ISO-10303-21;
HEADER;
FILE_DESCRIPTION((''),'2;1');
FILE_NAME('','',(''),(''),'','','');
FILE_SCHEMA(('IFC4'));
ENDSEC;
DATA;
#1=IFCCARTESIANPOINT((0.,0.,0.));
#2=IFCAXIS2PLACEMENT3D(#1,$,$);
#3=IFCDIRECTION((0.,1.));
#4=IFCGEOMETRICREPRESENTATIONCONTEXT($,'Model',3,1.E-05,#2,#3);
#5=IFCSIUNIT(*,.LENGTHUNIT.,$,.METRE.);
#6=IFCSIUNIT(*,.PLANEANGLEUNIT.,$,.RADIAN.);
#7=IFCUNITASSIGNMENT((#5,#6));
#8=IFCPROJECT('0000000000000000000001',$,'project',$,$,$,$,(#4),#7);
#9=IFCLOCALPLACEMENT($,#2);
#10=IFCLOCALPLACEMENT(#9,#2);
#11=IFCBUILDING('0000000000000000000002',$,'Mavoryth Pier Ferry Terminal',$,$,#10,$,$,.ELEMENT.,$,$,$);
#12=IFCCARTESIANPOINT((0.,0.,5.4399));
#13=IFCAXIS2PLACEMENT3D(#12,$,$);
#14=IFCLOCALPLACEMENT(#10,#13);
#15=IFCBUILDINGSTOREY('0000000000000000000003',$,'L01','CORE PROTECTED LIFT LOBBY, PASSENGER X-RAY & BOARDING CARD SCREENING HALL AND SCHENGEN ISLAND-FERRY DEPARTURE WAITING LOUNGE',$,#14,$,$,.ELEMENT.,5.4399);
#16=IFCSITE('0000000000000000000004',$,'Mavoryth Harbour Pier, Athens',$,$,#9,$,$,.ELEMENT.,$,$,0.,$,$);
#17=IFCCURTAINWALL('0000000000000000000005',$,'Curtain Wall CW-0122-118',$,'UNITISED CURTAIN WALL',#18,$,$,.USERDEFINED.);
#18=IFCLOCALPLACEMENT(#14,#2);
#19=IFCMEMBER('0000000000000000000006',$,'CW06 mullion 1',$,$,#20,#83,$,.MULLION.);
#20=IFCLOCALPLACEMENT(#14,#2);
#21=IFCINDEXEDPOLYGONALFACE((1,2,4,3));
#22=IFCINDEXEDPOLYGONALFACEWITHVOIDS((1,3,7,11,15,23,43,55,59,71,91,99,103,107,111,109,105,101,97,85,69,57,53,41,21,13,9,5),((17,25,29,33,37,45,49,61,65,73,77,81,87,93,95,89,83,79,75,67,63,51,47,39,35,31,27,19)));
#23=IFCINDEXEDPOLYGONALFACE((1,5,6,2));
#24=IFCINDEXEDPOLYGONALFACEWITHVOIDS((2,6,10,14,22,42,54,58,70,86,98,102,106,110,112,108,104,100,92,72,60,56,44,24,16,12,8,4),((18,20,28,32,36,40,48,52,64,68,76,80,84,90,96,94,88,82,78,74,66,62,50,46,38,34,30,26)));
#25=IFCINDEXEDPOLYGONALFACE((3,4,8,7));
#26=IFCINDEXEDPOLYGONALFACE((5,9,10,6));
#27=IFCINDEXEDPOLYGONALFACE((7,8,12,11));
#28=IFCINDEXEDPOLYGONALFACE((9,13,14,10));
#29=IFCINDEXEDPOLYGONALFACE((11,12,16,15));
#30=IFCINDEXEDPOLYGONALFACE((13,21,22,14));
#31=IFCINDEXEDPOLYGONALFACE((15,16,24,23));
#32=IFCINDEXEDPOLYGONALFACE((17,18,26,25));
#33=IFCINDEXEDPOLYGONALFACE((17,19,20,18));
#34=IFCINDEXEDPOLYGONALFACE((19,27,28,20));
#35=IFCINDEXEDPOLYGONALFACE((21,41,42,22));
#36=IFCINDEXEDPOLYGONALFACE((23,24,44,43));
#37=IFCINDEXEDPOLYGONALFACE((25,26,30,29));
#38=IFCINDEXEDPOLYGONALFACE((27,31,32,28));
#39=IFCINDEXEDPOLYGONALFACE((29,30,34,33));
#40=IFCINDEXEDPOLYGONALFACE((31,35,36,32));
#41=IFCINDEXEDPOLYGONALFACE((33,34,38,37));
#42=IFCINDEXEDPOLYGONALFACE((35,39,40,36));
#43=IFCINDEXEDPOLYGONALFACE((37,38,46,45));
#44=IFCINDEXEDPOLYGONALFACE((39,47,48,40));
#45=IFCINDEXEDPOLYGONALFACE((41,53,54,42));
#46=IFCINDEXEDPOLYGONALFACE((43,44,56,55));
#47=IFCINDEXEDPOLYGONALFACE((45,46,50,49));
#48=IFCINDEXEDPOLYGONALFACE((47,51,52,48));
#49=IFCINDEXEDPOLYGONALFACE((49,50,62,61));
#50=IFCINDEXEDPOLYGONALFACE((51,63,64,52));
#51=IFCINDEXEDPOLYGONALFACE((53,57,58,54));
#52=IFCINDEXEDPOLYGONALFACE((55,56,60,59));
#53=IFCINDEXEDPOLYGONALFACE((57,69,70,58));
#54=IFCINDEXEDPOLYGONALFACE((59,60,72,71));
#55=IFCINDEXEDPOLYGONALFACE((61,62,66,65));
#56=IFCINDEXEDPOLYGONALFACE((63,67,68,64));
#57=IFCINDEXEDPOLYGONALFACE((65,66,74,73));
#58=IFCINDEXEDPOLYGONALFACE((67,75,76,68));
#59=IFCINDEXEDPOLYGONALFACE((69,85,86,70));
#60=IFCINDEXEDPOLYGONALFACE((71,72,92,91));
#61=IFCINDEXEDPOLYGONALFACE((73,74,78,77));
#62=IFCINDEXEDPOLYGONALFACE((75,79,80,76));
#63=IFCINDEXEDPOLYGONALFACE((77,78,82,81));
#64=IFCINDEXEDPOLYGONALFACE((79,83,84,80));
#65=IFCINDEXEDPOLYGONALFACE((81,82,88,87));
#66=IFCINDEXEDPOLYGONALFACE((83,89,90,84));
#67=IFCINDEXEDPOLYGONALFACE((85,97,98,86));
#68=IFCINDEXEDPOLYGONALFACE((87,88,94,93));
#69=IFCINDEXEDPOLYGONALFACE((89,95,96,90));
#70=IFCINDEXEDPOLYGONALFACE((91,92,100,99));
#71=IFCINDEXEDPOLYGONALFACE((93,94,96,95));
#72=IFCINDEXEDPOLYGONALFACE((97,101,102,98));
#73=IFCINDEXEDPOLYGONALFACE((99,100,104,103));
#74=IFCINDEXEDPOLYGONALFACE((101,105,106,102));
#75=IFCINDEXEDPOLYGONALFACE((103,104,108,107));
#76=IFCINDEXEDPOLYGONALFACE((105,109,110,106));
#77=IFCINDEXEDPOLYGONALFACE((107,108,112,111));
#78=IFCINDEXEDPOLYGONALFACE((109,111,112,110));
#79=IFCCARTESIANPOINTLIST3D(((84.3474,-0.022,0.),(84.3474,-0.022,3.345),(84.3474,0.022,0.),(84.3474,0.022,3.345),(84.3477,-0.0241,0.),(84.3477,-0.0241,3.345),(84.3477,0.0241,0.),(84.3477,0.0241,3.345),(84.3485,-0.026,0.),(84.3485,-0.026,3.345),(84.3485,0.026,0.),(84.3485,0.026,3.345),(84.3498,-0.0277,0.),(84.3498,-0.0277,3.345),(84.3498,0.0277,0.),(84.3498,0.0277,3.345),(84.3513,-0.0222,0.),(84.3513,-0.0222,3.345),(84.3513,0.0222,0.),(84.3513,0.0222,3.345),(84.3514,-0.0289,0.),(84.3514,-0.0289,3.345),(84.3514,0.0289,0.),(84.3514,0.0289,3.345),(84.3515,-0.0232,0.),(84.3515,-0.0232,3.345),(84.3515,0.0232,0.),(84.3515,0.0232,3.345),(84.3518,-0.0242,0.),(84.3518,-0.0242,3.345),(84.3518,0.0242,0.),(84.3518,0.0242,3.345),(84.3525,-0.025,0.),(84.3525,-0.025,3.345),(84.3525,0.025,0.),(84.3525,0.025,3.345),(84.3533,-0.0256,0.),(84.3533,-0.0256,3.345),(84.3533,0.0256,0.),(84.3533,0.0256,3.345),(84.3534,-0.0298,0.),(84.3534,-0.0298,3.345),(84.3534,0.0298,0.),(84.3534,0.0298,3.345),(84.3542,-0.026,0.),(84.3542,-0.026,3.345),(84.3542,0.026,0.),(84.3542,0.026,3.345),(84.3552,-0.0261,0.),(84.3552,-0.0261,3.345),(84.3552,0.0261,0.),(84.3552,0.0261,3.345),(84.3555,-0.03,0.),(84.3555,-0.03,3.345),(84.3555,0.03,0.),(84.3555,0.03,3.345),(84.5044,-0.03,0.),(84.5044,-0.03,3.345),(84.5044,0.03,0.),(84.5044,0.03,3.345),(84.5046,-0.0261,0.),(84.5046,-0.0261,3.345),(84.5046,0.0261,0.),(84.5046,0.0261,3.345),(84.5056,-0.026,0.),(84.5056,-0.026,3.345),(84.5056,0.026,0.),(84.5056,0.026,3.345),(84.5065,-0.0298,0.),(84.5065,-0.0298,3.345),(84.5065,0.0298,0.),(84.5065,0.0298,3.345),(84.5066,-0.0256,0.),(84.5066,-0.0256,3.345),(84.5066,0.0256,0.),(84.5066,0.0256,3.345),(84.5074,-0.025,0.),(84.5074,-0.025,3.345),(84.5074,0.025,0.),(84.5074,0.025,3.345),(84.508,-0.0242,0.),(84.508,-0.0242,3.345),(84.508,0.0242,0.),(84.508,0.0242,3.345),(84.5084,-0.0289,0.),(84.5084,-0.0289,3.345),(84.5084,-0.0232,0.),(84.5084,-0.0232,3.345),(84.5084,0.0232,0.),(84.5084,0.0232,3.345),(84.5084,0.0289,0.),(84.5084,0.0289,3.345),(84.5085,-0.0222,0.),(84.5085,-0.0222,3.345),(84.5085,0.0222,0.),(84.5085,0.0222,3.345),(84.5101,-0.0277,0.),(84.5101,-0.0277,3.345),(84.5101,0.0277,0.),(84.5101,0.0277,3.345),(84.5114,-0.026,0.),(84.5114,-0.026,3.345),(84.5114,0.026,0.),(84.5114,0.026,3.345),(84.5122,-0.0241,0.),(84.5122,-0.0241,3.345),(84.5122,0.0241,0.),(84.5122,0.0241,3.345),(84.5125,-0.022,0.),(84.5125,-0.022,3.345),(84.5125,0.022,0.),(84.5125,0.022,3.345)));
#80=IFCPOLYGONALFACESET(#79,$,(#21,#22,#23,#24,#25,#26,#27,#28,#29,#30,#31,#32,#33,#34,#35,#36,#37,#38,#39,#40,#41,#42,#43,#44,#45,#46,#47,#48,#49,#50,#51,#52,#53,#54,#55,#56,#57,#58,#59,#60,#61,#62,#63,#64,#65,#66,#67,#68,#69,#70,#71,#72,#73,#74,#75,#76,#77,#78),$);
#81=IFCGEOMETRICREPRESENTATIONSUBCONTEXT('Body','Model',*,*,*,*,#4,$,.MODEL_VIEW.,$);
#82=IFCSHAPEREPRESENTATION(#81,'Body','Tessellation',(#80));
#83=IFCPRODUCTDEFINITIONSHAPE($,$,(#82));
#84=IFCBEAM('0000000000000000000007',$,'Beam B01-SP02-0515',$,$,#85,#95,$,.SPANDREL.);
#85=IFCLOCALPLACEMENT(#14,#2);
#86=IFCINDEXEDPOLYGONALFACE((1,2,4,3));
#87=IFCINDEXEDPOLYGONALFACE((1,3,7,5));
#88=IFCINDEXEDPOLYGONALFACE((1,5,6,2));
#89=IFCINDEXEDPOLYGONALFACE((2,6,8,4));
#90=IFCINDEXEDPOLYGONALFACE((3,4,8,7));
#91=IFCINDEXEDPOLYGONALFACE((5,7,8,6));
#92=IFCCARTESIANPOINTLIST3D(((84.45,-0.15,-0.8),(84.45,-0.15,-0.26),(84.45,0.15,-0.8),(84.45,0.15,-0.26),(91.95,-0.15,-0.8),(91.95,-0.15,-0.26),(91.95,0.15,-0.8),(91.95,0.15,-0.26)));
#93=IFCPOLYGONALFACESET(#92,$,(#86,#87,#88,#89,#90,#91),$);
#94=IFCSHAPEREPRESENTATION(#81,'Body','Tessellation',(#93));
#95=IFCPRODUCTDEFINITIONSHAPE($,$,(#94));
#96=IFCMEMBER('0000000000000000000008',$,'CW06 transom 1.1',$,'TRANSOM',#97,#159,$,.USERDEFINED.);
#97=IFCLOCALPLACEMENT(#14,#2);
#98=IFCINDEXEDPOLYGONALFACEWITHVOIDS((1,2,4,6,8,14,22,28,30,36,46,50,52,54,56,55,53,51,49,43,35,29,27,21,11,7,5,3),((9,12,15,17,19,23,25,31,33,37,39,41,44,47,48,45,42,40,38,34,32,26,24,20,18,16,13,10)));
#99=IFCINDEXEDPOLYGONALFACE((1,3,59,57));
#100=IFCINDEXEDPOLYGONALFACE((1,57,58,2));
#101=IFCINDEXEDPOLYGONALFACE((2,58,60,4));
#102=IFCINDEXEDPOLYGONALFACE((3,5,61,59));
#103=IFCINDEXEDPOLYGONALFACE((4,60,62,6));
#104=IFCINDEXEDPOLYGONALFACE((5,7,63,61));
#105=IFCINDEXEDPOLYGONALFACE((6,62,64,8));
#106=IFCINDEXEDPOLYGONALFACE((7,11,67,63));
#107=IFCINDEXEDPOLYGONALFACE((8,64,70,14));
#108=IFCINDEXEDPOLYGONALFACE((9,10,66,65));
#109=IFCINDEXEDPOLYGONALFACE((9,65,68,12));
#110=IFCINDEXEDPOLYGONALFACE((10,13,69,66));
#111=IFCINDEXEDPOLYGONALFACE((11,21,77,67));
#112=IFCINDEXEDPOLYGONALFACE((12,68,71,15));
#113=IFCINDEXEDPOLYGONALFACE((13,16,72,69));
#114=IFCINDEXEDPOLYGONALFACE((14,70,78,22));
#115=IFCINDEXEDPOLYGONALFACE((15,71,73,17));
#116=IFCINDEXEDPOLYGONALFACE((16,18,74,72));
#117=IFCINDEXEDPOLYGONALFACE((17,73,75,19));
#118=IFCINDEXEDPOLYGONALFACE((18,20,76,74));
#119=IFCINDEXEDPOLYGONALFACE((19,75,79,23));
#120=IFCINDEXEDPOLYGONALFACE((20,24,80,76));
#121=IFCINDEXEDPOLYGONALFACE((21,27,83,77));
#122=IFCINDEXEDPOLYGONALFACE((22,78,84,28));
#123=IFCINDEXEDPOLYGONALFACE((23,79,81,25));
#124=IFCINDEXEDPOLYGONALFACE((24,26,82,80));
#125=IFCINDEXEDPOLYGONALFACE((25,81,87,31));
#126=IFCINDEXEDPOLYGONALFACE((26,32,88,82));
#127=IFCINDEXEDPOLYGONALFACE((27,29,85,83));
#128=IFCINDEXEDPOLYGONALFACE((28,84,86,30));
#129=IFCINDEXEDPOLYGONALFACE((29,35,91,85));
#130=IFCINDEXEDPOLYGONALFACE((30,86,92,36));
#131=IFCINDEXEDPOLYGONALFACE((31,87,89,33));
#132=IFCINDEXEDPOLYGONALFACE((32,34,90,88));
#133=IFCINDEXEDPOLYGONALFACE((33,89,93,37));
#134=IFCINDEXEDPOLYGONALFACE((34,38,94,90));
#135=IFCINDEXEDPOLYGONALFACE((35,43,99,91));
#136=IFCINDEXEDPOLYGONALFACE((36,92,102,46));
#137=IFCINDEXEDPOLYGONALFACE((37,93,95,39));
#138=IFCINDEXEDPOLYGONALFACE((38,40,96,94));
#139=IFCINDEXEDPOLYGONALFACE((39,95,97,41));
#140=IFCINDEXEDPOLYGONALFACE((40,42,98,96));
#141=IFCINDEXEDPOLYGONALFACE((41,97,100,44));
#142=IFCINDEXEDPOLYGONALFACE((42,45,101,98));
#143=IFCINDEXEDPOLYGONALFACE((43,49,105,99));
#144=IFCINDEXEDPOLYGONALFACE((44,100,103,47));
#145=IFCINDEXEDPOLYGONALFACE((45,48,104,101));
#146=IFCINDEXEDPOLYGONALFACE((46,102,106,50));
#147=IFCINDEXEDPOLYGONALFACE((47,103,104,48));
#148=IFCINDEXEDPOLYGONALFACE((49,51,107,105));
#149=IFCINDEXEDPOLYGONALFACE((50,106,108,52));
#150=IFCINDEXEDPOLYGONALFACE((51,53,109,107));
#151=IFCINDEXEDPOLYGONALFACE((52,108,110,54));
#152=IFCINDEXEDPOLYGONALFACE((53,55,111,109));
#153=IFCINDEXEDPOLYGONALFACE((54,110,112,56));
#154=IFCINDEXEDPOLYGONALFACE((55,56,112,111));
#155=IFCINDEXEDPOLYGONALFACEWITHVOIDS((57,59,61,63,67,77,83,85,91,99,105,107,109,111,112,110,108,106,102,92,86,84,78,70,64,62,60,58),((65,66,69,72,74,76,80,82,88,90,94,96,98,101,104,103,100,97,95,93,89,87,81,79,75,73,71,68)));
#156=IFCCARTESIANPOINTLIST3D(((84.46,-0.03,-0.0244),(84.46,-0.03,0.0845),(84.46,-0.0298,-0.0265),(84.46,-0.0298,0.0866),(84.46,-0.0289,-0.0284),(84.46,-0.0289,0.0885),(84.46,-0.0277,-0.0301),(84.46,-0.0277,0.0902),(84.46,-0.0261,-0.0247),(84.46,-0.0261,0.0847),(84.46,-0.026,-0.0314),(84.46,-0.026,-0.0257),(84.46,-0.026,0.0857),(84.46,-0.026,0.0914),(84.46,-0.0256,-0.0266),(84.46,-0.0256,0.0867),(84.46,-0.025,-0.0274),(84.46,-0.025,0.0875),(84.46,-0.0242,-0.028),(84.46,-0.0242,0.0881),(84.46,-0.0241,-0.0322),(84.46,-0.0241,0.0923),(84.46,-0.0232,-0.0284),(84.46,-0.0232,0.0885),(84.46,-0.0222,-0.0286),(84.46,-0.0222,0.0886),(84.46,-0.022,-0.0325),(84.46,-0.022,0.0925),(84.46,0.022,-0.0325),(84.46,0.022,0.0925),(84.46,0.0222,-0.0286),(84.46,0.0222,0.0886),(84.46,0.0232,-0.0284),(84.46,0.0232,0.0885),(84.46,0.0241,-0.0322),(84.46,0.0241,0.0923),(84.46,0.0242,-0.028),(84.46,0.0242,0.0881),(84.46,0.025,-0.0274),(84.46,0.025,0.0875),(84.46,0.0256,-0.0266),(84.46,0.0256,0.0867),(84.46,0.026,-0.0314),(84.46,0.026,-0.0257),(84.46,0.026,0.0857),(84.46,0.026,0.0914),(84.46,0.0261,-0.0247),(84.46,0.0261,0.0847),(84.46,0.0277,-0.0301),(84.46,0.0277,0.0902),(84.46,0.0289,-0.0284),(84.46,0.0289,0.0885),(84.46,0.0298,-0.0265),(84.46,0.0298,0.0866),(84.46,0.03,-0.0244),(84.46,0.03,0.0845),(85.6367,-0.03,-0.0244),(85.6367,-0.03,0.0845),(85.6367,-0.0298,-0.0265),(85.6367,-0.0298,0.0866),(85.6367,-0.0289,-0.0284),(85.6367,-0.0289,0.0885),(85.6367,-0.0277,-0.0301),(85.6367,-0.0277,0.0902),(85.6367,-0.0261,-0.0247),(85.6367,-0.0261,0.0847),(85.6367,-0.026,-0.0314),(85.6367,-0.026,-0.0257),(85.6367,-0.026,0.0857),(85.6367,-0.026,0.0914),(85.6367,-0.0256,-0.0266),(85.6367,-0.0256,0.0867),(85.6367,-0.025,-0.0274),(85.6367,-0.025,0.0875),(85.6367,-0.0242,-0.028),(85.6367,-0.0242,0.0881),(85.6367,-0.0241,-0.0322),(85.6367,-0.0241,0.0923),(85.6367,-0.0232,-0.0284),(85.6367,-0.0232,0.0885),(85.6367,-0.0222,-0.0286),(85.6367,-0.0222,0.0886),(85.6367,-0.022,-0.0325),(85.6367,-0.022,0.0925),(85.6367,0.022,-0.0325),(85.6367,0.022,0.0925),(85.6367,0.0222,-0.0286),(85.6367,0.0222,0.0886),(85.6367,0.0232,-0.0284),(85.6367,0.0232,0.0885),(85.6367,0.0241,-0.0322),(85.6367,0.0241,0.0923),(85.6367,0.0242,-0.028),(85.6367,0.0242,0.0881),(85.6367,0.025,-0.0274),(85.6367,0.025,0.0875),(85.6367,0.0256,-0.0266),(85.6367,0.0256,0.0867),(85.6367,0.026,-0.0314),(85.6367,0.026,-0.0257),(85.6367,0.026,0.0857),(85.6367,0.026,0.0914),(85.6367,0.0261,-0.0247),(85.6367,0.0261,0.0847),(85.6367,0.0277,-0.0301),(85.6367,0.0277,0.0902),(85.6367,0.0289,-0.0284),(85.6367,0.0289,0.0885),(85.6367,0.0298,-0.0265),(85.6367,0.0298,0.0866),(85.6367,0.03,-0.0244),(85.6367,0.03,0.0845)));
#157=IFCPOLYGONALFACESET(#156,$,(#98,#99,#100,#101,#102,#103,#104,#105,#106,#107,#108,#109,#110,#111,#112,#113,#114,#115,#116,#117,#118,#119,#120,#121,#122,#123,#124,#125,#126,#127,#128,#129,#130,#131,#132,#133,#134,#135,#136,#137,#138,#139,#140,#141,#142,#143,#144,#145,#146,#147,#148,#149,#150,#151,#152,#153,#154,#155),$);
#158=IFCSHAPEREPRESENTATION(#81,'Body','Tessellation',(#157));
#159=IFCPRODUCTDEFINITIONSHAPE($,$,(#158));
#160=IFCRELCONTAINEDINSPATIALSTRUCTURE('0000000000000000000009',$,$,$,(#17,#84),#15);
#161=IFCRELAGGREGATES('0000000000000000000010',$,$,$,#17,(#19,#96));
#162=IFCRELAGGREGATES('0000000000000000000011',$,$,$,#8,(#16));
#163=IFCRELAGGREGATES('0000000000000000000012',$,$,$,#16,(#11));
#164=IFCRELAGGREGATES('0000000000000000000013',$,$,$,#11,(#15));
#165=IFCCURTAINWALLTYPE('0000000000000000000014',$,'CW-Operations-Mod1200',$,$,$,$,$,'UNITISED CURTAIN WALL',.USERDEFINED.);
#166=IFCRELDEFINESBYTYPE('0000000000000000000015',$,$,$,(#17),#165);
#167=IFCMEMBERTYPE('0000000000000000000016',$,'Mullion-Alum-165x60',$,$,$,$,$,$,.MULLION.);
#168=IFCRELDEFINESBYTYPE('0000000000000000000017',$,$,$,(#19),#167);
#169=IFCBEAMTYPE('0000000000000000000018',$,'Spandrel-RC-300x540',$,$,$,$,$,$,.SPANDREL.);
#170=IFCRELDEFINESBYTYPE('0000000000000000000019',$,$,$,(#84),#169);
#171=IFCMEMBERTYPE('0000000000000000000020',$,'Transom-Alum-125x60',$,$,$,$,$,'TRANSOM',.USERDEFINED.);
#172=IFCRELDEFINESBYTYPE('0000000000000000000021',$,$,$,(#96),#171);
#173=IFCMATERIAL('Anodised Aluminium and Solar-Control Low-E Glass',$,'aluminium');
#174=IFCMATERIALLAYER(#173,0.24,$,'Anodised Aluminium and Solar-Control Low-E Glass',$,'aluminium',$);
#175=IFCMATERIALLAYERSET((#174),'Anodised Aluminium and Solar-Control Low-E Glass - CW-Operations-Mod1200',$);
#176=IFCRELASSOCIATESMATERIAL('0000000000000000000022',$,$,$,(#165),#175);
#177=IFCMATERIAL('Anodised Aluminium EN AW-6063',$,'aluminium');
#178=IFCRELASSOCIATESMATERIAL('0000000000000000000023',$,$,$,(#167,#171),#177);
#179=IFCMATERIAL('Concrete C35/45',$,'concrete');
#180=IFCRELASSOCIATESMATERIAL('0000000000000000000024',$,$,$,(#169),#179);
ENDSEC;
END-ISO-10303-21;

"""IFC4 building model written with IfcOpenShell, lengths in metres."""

from ifc_helpers import new_model, si_unit, direction, frame, origin, origin_2d, place, context, subcontext, project, spatial, rectangle, hollow_rectangle, extrude, material, layer, layer_set, material_profile, profile_set, type_object, element, aggregate, save


model = new_model("IFC4")

# Units and contexts
model_context = context("Model", 3, precision=1e-05, world=origin(), true_north=direction((0.0, 1.0)))
body_context = subcontext(model_context, "Body", "Model", "MODEL_VIEW")
ifc_project = project(units=[si_unit("LENGTHUNIT", "METRE"), si_unit("PLANEANGLEUNIT", "RADIAN")], contexts=[model_context])

# Site, building, storey
site_placement = place(None, origin())
site = spatial("IfcSite", under=ifc_project, at=site_placement, Name="Mavoryth Harbour Pier, Athens", CompositionType="ELEMENT", RefElevation=0.0)
building_placement = place(site_placement, origin())
building = spatial("IfcBuilding", under=site, at=building_placement, Name="Mavoryth Pier Ferry Terminal", CompositionType="ELEMENT")
storey_placement = place(building_placement, frame((0.0, 0.0, 5.4399)))
storey = spatial("IfcBuildingStorey", under=building, at=storey_placement, Name="L01", Description="CORE PROTECTED LIFT LOBBY, PASSENGER X-RAY & BOARDING CARD SCREENING HALL AND SCHENGEN ISLAND-FERRY DEPARTURE WAITING LOUNGE", CompositionType="ELEMENT", Elevation=5.4399)

# Shared definitions
ifc_material_1 = material(Name="Concrete C35/45", Category="concrete")

# Curtain wall, member
ifc_material_2 = material(Name="Anodised Aluminium and Solar-Control Low-E Glass", Category="aluminium")
ifc_layer_1 = layer(ifc_material_2, 0.24, Name="Anodised Aluminium and Solar-Control Low-E Glass", Category="aluminium")
ifc_layer_set_1 = layer_set([ifc_layer_1], Name="Anodised Aluminium and Solar-Control Low-E Glass - CW-Operations-Mod1200")
curtain_wall_type = type_object("IfcCurtainWallType", Name="CW-Operations-Mod1200", ElementType="UNITISED CURTAIN WALL", PredefinedType="USERDEFINED", material=ifc_layer_set_1)
ifc_material_3 = material(Name="Anodised Aluminium EN AW-6063", Category="aluminium")
ifc_material_profile_1 = material_profile(ifc_material_3, hollow_rectangle(XDim=0.0601, YDim=0.165, WallThickness=0.0039, InnerFilletRadius=0.0039, OuterFilletRadius=0.0081, at=origin_2d()), Name="AL-MULL 165x60x4", Category="aluminium")
ifc_profile_set_1 = profile_set([ifc_material_profile_1], Name="Anodised Aluminium EN AW-6063 - AL-MULL 165x60x4")
member_type_1 = type_object("IfcMemberType", Name="Mullion-Alum-165x60", PredefinedType="MULLION", material=ifc_profile_set_1)
curtain_wall_1_placement = place(storey_placement, origin())
curtain_wall_1 = element("IfcCurtainWall", 1, at=curtain_wall_1_placement, inside=storey, type_object=curtain_wall_type, Name="Curtain Wall CW-0122-118", ObjectType="UNITISED CURTAIN WALL", PredefinedType="USERDEFINED")
member_1_placement = place(storey_placement, frame((84.4299, 0.0, 0.0), z_axis=(0.0, 0.0, 1.0), x_axis=(0.0, 1.0, 0.0)))
member_1 = element("IfcMember", 2, at=member_1_placement, type_object=member_type_1, Name="CW06 mullion 1", PredefinedType="MULLION", context=body_context, shape_type="SweptSolid", body=[
    extrude(hollow_rectangle(XDim=0.0601, YDim=0.165, WallThickness=0.0039, InnerFilletRadius=0.0039, OuterFilletRadius=0.0081, at=origin_2d()), origin(), (0.0, 0.0, 1.0), 3.345),
])

# Beam
ifc_material_profile_2 = material_profile(ifc_material_1, rectangle(XDim=0.3, YDim=0.54, at=origin_2d()), Name="RC 300x540", Category="concrete")
ifc_profile_set_2 = profile_set([ifc_material_profile_2], Name="Concrete C35/45 - RC 300x540")
beam_type_1 = type_object("IfcBeamType", Name="Spandrel-RC-300x540", PredefinedType="SPANDREL", material=ifc_profile_set_2)
beam_placement = place(storey_placement, frame((84.45, 0.0, -0.53), z_axis=(1.0, 0.0, 0.0), x_axis=(0.0, 1.0, 0.0)))
element("IfcBeam", 3, at=beam_placement, inside=storey, type_object=beam_type_1, Name="Beam B01-SP02-0515", PredefinedType="SPANDREL", context=body_context, shape_type="SweptSolid", body=[
    extrude(rectangle(XDim=0.3, YDim=0.54, at=origin_2d()), origin(), (0.0, 0.0, 1.0), 7.5),
])

# Member
ifc_material_profile_3 = material_profile(ifc_material_3, hollow_rectangle(XDim=0.0601, YDim=0.125, WallThickness=0.0039, InnerFilletRadius=0.0039, OuterFilletRadius=0.0081, at=origin_2d()), Name="AL-TRAN 125x60x4", Category="aluminium")
ifc_profile_set_3 = profile_set([ifc_material_profile_3], Name="Anodised Aluminium EN AW-6063 - AL-TRAN 125x60x4")
member_type_2 = type_object("IfcMemberType", Name="Transom-Alum-125x60", ElementType="TRANSOM", PredefinedType="USERDEFINED", material=ifc_profile_set_3)
member_2_placement = place(storey_placement, frame((84.46, 0.0, 0.03), z_axis=(1.0, 0.0, 0.0), x_axis=(0.0, 1.0, 0.0)))
member_2 = element("IfcMember", 4, at=member_2_placement, type_object=member_type_2, Name="CW06 transom 1.1", ObjectType="TRANSOM", PredefinedType="USERDEFINED", context=body_context, shape_type="SweptSolid", body=[
    extrude(hollow_rectangle(XDim=0.0601, YDim=0.125, WallThickness=0.0039, InnerFilletRadius=0.0039, OuterFilletRadius=0.0081, at=origin_2d()), origin(), (0.0, 0.0, 1.0), 1.1768),
])

aggregate(curtain_wall_1, [member_1, member_2])

save(model, "model.ifc")
